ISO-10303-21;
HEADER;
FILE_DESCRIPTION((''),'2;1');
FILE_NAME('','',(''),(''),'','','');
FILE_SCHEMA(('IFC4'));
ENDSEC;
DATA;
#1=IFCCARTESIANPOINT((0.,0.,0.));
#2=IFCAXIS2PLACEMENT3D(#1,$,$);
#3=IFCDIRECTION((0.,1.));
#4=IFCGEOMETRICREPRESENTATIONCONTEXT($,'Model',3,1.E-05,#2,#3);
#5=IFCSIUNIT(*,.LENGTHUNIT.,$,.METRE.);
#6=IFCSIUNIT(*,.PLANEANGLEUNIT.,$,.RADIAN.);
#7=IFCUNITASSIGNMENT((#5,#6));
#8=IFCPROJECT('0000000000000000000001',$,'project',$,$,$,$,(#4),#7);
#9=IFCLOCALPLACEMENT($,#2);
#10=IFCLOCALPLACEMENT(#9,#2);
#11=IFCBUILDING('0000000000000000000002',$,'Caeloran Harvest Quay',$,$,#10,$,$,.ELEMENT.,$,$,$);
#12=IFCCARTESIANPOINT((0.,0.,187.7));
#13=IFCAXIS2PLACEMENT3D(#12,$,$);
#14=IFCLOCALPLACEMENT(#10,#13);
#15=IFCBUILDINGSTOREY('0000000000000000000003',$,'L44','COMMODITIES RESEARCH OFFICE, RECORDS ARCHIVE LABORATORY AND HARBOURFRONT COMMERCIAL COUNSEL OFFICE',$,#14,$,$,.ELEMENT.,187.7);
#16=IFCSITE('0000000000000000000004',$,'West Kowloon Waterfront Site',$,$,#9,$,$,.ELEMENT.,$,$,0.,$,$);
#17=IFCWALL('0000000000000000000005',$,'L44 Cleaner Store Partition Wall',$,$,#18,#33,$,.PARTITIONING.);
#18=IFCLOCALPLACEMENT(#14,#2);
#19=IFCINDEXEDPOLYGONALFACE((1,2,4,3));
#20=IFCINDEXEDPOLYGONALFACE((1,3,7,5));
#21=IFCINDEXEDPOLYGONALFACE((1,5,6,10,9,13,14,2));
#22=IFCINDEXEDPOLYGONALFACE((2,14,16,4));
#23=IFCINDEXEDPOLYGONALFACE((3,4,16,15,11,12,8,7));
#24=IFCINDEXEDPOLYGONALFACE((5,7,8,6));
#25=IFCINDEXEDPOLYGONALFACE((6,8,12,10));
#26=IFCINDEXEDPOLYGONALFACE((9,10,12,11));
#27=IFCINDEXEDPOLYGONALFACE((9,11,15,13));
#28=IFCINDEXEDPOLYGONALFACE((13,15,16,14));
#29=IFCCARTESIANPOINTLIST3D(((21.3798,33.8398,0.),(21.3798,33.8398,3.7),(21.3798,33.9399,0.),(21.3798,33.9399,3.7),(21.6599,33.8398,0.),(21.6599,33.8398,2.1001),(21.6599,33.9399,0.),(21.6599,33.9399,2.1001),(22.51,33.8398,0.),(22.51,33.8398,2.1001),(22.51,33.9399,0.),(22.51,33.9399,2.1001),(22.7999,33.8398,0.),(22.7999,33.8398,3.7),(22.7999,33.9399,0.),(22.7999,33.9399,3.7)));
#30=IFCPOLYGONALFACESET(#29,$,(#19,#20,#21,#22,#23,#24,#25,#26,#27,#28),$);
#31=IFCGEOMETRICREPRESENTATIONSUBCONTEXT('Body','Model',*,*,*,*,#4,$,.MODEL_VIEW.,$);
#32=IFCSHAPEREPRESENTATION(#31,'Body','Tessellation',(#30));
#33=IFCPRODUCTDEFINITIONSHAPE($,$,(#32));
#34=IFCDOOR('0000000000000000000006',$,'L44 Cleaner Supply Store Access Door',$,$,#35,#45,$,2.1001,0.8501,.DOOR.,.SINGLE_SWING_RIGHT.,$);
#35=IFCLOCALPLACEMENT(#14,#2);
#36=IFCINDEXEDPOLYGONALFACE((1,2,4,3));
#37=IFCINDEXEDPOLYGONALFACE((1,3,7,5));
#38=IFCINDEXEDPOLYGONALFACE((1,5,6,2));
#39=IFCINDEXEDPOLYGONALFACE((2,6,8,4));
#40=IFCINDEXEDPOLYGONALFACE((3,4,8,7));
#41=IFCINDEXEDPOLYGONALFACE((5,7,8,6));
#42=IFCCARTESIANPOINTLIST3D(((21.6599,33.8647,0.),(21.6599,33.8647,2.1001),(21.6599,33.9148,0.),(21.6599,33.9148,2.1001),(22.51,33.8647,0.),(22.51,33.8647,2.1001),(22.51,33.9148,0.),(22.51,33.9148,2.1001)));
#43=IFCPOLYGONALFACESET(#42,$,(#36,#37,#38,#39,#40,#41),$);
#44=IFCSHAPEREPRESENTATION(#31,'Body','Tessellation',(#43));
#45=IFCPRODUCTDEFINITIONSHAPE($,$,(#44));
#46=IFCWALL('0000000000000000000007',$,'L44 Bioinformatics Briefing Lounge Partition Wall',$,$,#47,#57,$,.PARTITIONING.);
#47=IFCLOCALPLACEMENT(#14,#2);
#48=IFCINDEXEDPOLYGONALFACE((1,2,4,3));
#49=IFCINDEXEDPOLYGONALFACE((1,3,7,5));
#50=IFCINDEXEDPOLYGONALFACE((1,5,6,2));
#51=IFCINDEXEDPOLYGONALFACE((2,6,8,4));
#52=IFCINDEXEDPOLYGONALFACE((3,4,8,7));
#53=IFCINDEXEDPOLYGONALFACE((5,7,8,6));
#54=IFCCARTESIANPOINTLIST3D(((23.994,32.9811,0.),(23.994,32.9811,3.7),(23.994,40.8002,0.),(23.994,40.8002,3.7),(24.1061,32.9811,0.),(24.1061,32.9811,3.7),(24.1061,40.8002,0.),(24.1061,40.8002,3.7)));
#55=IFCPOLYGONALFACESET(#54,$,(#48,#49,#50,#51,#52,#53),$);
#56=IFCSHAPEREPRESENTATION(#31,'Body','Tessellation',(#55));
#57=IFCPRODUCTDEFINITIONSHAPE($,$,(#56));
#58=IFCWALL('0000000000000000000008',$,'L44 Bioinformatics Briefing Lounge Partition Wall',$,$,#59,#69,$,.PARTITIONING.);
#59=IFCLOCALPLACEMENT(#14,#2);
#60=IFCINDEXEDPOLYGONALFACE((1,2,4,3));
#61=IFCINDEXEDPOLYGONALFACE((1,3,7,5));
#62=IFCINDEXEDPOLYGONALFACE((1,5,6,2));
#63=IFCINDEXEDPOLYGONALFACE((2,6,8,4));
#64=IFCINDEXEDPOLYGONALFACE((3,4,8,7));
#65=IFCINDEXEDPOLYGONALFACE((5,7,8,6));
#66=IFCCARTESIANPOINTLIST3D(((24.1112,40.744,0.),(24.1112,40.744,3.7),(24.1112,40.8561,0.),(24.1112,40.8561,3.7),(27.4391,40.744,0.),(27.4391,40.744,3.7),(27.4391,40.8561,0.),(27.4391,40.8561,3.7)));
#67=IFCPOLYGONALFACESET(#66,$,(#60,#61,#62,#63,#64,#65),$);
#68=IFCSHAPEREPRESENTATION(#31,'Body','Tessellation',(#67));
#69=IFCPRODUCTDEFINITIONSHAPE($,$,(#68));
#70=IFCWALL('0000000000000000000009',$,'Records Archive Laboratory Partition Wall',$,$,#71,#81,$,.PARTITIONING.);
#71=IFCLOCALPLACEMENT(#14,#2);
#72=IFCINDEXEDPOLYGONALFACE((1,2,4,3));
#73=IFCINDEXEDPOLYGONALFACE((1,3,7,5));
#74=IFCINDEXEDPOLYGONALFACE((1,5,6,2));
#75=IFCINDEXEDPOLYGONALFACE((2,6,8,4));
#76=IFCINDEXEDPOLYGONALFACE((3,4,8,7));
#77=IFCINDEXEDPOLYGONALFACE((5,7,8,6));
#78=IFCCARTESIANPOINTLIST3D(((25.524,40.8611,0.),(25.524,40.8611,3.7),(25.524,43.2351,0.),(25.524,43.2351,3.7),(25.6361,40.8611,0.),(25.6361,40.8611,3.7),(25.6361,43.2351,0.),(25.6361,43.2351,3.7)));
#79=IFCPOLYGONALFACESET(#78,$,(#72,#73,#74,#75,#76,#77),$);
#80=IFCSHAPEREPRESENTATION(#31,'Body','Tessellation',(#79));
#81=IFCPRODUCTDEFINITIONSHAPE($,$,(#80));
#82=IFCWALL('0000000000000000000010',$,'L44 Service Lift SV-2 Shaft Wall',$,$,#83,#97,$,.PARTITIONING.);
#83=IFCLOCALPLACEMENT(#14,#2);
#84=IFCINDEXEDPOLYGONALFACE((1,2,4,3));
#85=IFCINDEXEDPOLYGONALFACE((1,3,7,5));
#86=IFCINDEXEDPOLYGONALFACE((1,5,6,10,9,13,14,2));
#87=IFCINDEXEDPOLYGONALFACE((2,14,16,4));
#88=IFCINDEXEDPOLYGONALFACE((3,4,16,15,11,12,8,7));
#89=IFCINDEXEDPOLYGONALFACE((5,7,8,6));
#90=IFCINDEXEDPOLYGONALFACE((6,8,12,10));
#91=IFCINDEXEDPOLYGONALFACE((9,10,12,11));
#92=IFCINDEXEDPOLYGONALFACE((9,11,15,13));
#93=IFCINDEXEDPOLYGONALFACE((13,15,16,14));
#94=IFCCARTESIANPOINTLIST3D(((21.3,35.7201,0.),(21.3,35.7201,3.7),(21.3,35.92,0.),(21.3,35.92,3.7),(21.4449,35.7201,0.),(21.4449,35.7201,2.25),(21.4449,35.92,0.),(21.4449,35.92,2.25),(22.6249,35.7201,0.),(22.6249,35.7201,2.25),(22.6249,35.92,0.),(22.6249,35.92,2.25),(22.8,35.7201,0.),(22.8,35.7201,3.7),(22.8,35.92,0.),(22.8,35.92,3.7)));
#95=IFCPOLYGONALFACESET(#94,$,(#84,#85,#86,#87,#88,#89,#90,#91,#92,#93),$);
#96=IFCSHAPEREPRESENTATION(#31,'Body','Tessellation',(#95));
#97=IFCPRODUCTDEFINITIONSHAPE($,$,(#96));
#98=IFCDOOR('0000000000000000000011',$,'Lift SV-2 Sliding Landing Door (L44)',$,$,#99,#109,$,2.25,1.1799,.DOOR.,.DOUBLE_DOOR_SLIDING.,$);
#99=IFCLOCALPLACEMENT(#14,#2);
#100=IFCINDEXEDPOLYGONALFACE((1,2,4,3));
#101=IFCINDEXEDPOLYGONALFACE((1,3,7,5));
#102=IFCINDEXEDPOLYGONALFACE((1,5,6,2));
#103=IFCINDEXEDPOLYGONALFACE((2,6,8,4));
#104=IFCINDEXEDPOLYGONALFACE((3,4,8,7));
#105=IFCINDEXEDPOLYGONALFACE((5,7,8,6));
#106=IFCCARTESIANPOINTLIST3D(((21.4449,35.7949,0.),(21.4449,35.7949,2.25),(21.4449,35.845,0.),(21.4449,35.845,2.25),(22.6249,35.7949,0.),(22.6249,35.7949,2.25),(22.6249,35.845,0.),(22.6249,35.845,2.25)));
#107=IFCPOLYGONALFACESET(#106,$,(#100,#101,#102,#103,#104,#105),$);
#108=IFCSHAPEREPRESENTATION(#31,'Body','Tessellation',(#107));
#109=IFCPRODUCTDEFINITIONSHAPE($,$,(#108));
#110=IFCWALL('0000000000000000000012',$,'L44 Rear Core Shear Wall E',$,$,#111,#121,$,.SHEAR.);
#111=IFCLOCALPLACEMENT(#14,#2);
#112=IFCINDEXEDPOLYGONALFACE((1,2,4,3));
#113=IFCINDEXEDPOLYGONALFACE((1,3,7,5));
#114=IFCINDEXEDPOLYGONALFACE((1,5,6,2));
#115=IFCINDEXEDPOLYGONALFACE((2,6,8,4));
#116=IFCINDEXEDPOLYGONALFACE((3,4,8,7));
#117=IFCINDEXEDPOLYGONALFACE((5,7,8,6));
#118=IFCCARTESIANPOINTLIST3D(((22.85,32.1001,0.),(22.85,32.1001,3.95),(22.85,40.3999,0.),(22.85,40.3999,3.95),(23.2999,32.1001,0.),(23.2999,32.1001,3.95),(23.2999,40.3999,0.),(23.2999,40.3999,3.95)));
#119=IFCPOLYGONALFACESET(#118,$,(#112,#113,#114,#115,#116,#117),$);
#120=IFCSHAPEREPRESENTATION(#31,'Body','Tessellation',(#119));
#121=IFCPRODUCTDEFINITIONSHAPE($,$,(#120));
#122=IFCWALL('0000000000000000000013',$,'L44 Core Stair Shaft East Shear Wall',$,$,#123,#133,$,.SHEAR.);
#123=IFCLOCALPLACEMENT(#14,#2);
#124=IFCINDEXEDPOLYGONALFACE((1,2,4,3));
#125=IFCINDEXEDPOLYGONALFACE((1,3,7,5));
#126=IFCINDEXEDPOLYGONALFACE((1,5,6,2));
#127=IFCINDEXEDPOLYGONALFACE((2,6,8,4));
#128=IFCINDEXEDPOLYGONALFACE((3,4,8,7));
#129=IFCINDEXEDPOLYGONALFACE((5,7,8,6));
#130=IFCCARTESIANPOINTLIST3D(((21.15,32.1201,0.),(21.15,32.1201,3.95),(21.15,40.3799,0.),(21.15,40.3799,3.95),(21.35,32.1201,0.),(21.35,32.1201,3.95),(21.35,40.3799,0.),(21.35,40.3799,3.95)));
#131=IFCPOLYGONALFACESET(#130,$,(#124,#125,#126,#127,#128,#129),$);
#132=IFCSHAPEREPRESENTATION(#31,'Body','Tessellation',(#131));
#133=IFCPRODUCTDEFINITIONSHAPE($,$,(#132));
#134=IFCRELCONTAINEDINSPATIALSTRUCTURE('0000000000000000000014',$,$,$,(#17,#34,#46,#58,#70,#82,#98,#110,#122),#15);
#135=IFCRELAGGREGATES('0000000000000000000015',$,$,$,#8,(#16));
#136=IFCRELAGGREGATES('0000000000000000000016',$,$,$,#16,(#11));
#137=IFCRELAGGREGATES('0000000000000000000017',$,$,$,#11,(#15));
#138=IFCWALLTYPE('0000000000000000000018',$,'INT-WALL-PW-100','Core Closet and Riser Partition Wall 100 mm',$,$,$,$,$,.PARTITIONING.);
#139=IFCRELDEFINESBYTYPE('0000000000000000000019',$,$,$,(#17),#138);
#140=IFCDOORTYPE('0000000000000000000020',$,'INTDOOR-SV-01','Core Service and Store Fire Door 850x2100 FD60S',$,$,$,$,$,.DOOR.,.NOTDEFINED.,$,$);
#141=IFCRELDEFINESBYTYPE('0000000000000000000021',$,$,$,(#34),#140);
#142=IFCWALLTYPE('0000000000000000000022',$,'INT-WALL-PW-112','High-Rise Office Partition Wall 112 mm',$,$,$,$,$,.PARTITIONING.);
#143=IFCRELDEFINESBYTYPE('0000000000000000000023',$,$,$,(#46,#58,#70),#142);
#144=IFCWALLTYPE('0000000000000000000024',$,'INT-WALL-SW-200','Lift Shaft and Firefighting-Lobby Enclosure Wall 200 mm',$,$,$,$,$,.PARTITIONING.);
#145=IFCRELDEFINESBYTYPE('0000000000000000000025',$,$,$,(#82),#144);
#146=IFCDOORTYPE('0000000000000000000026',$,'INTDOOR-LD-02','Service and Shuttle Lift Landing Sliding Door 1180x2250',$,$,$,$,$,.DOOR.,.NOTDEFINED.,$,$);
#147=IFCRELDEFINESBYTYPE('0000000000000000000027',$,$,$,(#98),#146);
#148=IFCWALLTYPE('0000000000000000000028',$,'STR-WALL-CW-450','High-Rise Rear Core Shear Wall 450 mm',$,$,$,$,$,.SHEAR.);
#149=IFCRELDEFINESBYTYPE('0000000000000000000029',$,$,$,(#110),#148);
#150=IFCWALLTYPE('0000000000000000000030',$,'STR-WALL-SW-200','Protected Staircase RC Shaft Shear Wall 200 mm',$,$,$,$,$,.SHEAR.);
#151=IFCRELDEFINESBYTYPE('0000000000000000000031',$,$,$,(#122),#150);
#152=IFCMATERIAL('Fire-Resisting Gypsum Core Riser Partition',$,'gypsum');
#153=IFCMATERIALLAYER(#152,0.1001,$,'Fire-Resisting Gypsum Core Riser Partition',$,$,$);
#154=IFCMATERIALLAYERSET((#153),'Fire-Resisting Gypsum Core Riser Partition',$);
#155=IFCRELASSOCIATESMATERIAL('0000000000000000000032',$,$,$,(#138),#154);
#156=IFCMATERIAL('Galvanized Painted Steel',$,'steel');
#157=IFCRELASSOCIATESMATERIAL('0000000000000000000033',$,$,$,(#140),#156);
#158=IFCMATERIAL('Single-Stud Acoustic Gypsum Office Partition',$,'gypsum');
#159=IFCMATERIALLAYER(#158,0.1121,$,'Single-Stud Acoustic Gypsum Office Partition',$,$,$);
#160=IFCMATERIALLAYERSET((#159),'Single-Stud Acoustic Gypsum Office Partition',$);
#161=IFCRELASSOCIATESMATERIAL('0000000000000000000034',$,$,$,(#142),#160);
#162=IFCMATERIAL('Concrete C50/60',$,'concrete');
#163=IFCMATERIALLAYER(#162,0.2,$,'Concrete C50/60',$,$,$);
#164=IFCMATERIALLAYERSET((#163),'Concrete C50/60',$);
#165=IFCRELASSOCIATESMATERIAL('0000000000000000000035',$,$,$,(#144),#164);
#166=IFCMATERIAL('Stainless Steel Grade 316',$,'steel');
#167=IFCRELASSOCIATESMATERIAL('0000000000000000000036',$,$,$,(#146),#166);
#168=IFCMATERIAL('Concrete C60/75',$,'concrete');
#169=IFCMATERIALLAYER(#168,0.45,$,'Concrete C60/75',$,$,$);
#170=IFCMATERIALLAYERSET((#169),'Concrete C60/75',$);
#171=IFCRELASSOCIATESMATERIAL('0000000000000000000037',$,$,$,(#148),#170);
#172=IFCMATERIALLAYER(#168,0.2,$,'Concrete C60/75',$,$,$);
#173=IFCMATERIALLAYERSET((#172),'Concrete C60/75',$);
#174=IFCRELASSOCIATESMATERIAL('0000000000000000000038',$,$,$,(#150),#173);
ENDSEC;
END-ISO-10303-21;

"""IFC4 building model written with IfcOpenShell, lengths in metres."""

from ifc_helpers import new_model, si_unit, direction, frame, frame_2d, origin, place, context, subcontext, project, spatial, rectangle, extrude, material, layer, layer_set, type_object, element, fill, save


model = new_model("IFC4")

# Units and contexts
model_context = context("Model", 3, precision=1e-05, world=origin(), true_north=direction((0.0, 1.0)))
body_context = subcontext(model_context, "Body", "Model", "MODEL_VIEW")
ifc_project = project(units=[si_unit("LENGTHUNIT", "METRE"), si_unit("PLANEANGLEUNIT", "RADIAN")], contexts=[model_context])

# Site, building, storey
site_placement = place(None, origin())
site = spatial("IfcSite", under=ifc_project, at=site_placement, Name="West Kowloon Waterfront Site", CompositionType="ELEMENT", RefElevation=0.0)
building_placement = place(site_placement, origin())
building = spatial("IfcBuilding", under=site, at=building_placement, Name="Caeloran Harvest Quay", CompositionType="ELEMENT")
storey_placement = place(building_placement, frame((0.0, 0.0, 187.7)))
storey = spatial("IfcBuildingStorey", under=building, at=storey_placement, Name="L44", Description="COMMODITIES RESEARCH OFFICE, RECORDS ARCHIVE LABORATORY AND HARBOURFRONT COMMERCIAL COUNSEL OFFICE", CompositionType="ELEMENT", Elevation=187.7)

# Wall, opening, door
ifc_material_1 = material(Name="Fire-Resisting Gypsum Core Riser Partition", Category="gypsum")
ifc_layer_1 = layer(ifc_material_1, 0.1001, Name="Fire-Resisting Gypsum Core Riser Partition")
ifc_layer_set_1 = layer_set([ifc_layer_1], Name="Fire-Resisting Gypsum Core Riser Partition")
wall_type_1 = type_object("IfcWallType", Name="INT-WALL-PW-100", Description="Core Closet and Riser Partition Wall 100 mm", PredefinedType="PARTITIONING", material=ifc_layer_set_1)
wall_1_placement = place(storey_placement, frame((21.3799, 33.8899, 0.0), z_axis=(0.0, 0.0, 1.0), x_axis=(1.0, 0.0, 0.0)))
wall_1 = element("IfcWall", 1, at=wall_1_placement, inside=storey, type_object=wall_type_1, Name="L44 Cleaner Store Partition Wall", PredefinedType="PARTITIONING", context=body_context, shape_type="SweptSolid", body=[
    extrude(rectangle(XDim=1.4202, YDim=0.1001, at=frame_2d((0.71, 0.0))), origin(), (0.0, 0.0, 1.0), 3.7),
])
opening_1_placement = place(wall_1_placement, frame((0.28, 0.0, 0.0)))
opening_1 = element("IfcOpeningElement", 2, at=opening_1_placement, cuts=wall_1, PredefinedType="OPENING", context=body_context, shape_type="SweptSolid", body=[
    extrude(rectangle(XDim=0.8501, YDim=2.1001, at=frame_2d((0.425, 1.05))), frame((0.0, 0.0601, 0.0), z_axis=(0.0, -1.0, 0.0), x_axis=(1.0, 0.0, 0.0)), (0.0, 0.0, 1.0), 0.1201),
])
ifc_material_2 = material(Name="Galvanized Painted Steel", Category="steel")
door_type_1 = type_object("IfcDoorType", Name="INTDOOR-SV-01", Description="Core Service and Store Fire Door 850x2100 FD60S", OperationType="NOTDEFINED", PredefinedType="DOOR", material=ifc_material_2)
door_1_placement = place(opening_1_placement, origin())
door_1 = element("IfcDoor", 3, at=door_1_placement, inside=storey, type_object=door_type_1, Name="L44 Cleaner Supply Store Access Door", OperationType="SINGLE_SWING_RIGHT", OverallHeight=2.1001, OverallWidth=0.8501, PredefinedType="DOOR", context=body_context, shape_type="SweptSolid", body=[
    extrude(rectangle(XDim=0.8501, YDim=2.1001, at=frame_2d((0.425, 1.05))), frame((0.0, 0.0249, 0.0), z_axis=(0.0, -1.0, 0.0), x_axis=(1.0, 0.0, 0.0)), (0.0, 0.0, 1.0), 0.05),
])
fill(opening_1, door_1)

# Walls
ifc_material_3 = material(Name="Single-Stud Acoustic Gypsum Office Partition", Category="gypsum")
ifc_layer_2 = layer(ifc_material_3, 0.1121, Name="Single-Stud Acoustic Gypsum Office Partition")
ifc_layer_set_2 = layer_set([ifc_layer_2], Name="Single-Stud Acoustic Gypsum Office Partition")
wall_type_2 = type_object("IfcWallType", Name="INT-WALL-PW-112", Description="High-Rise Office Partition Wall 112 mm", PredefinedType="PARTITIONING", material=ifc_layer_set_2)
wall_2_placement = place(storey_placement, frame((24.05, 32.981, 0.0), z_axis=(0.0, 0.0, 1.0), x_axis=(0.0, 1.0, 0.0)))
element("IfcWall", 4, at=wall_2_placement, inside=storey, type_object=wall_type_2, Name="L44 Bioinformatics Briefing Lounge Partition Wall", PredefinedType="PARTITIONING", context=body_context, shape_type="SweptSolid", body=[
    extrude(rectangle(XDim=7.8191, YDim=0.1121, at=frame_2d((3.9097, 0.0))), origin(), (0.0, 0.0, 1.0), 3.7),
])
wall_3_placement = place(storey_placement, frame((24.1111, 40.8, 0.0), z_axis=(0.0, 0.0, 1.0), x_axis=(1.0, 0.0, 0.0)))
element("IfcWall", 5, at=wall_3_placement, inside=storey, type_object=wall_type_2, Name="L44 Bioinformatics Briefing Lounge Partition Wall", PredefinedType="PARTITIONING", context=body_context, shape_type="SweptSolid", body=[
    extrude(rectangle(XDim=3.3279, YDim=0.1121, at=frame_2d((1.6641, 0.0))), origin(), (0.0, 0.0, 1.0), 3.7),
])
wall_4_placement = place(storey_placement, frame((25.5801, 40.8611, 0.0), z_axis=(0.0, 0.0, 1.0), x_axis=(0.0, 1.0, 0.0)))
element("IfcWall", 6, at=wall_4_placement, inside=storey, type_object=wall_type_2, Name="Records Archive Laboratory Partition Wall", PredefinedType="PARTITIONING", context=body_context, shape_type="SweptSolid", body=[
    extrude(rectangle(XDim=2.374, YDim=0.1121, at=frame_2d((1.187, 0.0))), origin(), (0.0, 0.0, 1.0), 3.7),
])

# Wall, opening, door
ifc_material_4 = material(Name="Concrete C50/60", Category="concrete")
ifc_layer_3 = layer(ifc_material_4, 0.2, Name="Concrete C50/60")
ifc_layer_set_3 = layer_set([ifc_layer_3], Name="Concrete C50/60")
wall_type_3 = type_object("IfcWallType", Name="INT-WALL-SW-200", Description="Lift Shaft and Firefighting-Lobby Enclosure Wall 200 mm", PredefinedType="PARTITIONING", material=ifc_layer_set_3)
wall_5_placement = place(storey_placement, frame((21.3, 35.8201, 0.0), z_axis=(0.0, 0.0, 1.0), x_axis=(1.0, 0.0, 0.0)))
wall_5 = element("IfcWall", 7, at=wall_5_placement, inside=storey, type_object=wall_type_3, Name="L44 Service Lift SV-2 Shaft Wall", PredefinedType="PARTITIONING", context=body_context, shape_type="SweptSolid", body=[
    extrude(rectangle(XDim=1.5, YDim=0.2, at=frame_2d((0.75, 0.0))), origin(), (0.0, 0.0, 1.0), 3.7),
])
opening_2_placement = place(wall_5_placement, frame((0.145, 0.0, 0.0)))
opening_2 = element("IfcOpeningElement", 8, at=opening_2_placement, cuts=wall_5, PredefinedType="OPENING", context=body_context, shape_type="SweptSolid", body=[
    extrude(rectangle(XDim=1.1799, YDim=2.25, at=frame_2d((0.5898, 1.125))), frame((0.0, 0.1099, 0.0), z_axis=(0.0, -1.0, 0.0), x_axis=(1.0, 0.0, 0.0)), (0.0, 0.0, 1.0), 0.22),
])
ifc_material_5 = material(Name="Stainless Steel Grade 316", Category="steel")
door_type_2 = type_object("IfcDoorType", Name="INTDOOR-LD-02", Description="Service and Shuttle Lift Landing Sliding Door 1180x2250", OperationType="NOTDEFINED", PredefinedType="DOOR", material=ifc_material_5)
door_2_placement = place(opening_2_placement, origin())
door_2 = element("IfcDoor", 9, at=door_2_placement, inside=storey, type_object=door_type_2, Name="Lift SV-2 Sliding Landing Door (L44)", OperationType="DOUBLE_DOOR_SLIDING", OverallHeight=2.25, OverallWidth=1.1799, PredefinedType="DOOR", context=body_context, shape_type="SweptSolid", body=[
    extrude(rectangle(XDim=1.1799, YDim=2.25, at=frame_2d((0.5898, 1.125))), frame((0.0, 0.0249, 0.0), z_axis=(0.0, -1.0, 0.0), x_axis=(1.0, 0.0, 0.0)), (0.0, 0.0, 1.0), 0.05),
])
fill(opening_2, door_2)

# Walls
ifc_material_6 = material(Name="Concrete C60/75", Category="concrete")
ifc_layer_4 = layer(ifc_material_6, 0.45, Name="Concrete C60/75")
ifc_layer_set_4 = layer_set([ifc_layer_4], Name="Concrete C60/75")
wall_type_4 = type_object("IfcWallType", Name="STR-WALL-CW-450", Description="High-Rise Rear Core Shear Wall 450 mm", PredefinedType="SHEAR", material=ifc_layer_set_4)
wall_6_placement = place(storey_placement, frame((23.075, 32.1001, 0.0), z_axis=(0.0, 0.0, 1.0), x_axis=(0.0, 1.0, 0.0)))
element("IfcWall", 10, at=wall_6_placement, inside=storey, type_object=wall_type_4, Name="L44 Rear Core Shear Wall E", PredefinedType="SHEAR", context=body_context, shape_type="SweptSolid", body=[
    extrude(rectangle(XDim=8.2998, YDim=0.45, at=frame_2d((4.1499, 0.0))), origin(), (0.0, 0.0, 1.0), 3.95),
])
ifc_layer_5 = layer(ifc_material_6, 0.2, Name="Concrete C60/75")
ifc_layer_set_5 = layer_set([ifc_layer_5], Name="Concrete C60/75")
wall_type_5 = type_object("IfcWallType", Name="STR-WALL-SW-200", Description="Protected Staircase RC Shaft Shear Wall 200 mm", PredefinedType="SHEAR", material=ifc_layer_set_5)
wall_7_placement = place(storey_placement, frame((21.25, 32.1201, 0.0), z_axis=(0.0, 0.0, 1.0), x_axis=(0.0, 1.0, 0.0)))
element("IfcWall", 11, at=wall_7_placement, inside=storey, type_object=wall_type_5, Name="L44 Core Stair Shaft East Shear Wall", PredefinedType="SHEAR", context=body_context, shape_type="SweptSolid", body=[
    extrude(rectangle(XDim=8.2598, YDim=0.2, at=frame_2d((4.1299, 0.0))), origin(), (0.0, 0.0, 1.0), 3.95),
])

save(model, "model.ifc")
